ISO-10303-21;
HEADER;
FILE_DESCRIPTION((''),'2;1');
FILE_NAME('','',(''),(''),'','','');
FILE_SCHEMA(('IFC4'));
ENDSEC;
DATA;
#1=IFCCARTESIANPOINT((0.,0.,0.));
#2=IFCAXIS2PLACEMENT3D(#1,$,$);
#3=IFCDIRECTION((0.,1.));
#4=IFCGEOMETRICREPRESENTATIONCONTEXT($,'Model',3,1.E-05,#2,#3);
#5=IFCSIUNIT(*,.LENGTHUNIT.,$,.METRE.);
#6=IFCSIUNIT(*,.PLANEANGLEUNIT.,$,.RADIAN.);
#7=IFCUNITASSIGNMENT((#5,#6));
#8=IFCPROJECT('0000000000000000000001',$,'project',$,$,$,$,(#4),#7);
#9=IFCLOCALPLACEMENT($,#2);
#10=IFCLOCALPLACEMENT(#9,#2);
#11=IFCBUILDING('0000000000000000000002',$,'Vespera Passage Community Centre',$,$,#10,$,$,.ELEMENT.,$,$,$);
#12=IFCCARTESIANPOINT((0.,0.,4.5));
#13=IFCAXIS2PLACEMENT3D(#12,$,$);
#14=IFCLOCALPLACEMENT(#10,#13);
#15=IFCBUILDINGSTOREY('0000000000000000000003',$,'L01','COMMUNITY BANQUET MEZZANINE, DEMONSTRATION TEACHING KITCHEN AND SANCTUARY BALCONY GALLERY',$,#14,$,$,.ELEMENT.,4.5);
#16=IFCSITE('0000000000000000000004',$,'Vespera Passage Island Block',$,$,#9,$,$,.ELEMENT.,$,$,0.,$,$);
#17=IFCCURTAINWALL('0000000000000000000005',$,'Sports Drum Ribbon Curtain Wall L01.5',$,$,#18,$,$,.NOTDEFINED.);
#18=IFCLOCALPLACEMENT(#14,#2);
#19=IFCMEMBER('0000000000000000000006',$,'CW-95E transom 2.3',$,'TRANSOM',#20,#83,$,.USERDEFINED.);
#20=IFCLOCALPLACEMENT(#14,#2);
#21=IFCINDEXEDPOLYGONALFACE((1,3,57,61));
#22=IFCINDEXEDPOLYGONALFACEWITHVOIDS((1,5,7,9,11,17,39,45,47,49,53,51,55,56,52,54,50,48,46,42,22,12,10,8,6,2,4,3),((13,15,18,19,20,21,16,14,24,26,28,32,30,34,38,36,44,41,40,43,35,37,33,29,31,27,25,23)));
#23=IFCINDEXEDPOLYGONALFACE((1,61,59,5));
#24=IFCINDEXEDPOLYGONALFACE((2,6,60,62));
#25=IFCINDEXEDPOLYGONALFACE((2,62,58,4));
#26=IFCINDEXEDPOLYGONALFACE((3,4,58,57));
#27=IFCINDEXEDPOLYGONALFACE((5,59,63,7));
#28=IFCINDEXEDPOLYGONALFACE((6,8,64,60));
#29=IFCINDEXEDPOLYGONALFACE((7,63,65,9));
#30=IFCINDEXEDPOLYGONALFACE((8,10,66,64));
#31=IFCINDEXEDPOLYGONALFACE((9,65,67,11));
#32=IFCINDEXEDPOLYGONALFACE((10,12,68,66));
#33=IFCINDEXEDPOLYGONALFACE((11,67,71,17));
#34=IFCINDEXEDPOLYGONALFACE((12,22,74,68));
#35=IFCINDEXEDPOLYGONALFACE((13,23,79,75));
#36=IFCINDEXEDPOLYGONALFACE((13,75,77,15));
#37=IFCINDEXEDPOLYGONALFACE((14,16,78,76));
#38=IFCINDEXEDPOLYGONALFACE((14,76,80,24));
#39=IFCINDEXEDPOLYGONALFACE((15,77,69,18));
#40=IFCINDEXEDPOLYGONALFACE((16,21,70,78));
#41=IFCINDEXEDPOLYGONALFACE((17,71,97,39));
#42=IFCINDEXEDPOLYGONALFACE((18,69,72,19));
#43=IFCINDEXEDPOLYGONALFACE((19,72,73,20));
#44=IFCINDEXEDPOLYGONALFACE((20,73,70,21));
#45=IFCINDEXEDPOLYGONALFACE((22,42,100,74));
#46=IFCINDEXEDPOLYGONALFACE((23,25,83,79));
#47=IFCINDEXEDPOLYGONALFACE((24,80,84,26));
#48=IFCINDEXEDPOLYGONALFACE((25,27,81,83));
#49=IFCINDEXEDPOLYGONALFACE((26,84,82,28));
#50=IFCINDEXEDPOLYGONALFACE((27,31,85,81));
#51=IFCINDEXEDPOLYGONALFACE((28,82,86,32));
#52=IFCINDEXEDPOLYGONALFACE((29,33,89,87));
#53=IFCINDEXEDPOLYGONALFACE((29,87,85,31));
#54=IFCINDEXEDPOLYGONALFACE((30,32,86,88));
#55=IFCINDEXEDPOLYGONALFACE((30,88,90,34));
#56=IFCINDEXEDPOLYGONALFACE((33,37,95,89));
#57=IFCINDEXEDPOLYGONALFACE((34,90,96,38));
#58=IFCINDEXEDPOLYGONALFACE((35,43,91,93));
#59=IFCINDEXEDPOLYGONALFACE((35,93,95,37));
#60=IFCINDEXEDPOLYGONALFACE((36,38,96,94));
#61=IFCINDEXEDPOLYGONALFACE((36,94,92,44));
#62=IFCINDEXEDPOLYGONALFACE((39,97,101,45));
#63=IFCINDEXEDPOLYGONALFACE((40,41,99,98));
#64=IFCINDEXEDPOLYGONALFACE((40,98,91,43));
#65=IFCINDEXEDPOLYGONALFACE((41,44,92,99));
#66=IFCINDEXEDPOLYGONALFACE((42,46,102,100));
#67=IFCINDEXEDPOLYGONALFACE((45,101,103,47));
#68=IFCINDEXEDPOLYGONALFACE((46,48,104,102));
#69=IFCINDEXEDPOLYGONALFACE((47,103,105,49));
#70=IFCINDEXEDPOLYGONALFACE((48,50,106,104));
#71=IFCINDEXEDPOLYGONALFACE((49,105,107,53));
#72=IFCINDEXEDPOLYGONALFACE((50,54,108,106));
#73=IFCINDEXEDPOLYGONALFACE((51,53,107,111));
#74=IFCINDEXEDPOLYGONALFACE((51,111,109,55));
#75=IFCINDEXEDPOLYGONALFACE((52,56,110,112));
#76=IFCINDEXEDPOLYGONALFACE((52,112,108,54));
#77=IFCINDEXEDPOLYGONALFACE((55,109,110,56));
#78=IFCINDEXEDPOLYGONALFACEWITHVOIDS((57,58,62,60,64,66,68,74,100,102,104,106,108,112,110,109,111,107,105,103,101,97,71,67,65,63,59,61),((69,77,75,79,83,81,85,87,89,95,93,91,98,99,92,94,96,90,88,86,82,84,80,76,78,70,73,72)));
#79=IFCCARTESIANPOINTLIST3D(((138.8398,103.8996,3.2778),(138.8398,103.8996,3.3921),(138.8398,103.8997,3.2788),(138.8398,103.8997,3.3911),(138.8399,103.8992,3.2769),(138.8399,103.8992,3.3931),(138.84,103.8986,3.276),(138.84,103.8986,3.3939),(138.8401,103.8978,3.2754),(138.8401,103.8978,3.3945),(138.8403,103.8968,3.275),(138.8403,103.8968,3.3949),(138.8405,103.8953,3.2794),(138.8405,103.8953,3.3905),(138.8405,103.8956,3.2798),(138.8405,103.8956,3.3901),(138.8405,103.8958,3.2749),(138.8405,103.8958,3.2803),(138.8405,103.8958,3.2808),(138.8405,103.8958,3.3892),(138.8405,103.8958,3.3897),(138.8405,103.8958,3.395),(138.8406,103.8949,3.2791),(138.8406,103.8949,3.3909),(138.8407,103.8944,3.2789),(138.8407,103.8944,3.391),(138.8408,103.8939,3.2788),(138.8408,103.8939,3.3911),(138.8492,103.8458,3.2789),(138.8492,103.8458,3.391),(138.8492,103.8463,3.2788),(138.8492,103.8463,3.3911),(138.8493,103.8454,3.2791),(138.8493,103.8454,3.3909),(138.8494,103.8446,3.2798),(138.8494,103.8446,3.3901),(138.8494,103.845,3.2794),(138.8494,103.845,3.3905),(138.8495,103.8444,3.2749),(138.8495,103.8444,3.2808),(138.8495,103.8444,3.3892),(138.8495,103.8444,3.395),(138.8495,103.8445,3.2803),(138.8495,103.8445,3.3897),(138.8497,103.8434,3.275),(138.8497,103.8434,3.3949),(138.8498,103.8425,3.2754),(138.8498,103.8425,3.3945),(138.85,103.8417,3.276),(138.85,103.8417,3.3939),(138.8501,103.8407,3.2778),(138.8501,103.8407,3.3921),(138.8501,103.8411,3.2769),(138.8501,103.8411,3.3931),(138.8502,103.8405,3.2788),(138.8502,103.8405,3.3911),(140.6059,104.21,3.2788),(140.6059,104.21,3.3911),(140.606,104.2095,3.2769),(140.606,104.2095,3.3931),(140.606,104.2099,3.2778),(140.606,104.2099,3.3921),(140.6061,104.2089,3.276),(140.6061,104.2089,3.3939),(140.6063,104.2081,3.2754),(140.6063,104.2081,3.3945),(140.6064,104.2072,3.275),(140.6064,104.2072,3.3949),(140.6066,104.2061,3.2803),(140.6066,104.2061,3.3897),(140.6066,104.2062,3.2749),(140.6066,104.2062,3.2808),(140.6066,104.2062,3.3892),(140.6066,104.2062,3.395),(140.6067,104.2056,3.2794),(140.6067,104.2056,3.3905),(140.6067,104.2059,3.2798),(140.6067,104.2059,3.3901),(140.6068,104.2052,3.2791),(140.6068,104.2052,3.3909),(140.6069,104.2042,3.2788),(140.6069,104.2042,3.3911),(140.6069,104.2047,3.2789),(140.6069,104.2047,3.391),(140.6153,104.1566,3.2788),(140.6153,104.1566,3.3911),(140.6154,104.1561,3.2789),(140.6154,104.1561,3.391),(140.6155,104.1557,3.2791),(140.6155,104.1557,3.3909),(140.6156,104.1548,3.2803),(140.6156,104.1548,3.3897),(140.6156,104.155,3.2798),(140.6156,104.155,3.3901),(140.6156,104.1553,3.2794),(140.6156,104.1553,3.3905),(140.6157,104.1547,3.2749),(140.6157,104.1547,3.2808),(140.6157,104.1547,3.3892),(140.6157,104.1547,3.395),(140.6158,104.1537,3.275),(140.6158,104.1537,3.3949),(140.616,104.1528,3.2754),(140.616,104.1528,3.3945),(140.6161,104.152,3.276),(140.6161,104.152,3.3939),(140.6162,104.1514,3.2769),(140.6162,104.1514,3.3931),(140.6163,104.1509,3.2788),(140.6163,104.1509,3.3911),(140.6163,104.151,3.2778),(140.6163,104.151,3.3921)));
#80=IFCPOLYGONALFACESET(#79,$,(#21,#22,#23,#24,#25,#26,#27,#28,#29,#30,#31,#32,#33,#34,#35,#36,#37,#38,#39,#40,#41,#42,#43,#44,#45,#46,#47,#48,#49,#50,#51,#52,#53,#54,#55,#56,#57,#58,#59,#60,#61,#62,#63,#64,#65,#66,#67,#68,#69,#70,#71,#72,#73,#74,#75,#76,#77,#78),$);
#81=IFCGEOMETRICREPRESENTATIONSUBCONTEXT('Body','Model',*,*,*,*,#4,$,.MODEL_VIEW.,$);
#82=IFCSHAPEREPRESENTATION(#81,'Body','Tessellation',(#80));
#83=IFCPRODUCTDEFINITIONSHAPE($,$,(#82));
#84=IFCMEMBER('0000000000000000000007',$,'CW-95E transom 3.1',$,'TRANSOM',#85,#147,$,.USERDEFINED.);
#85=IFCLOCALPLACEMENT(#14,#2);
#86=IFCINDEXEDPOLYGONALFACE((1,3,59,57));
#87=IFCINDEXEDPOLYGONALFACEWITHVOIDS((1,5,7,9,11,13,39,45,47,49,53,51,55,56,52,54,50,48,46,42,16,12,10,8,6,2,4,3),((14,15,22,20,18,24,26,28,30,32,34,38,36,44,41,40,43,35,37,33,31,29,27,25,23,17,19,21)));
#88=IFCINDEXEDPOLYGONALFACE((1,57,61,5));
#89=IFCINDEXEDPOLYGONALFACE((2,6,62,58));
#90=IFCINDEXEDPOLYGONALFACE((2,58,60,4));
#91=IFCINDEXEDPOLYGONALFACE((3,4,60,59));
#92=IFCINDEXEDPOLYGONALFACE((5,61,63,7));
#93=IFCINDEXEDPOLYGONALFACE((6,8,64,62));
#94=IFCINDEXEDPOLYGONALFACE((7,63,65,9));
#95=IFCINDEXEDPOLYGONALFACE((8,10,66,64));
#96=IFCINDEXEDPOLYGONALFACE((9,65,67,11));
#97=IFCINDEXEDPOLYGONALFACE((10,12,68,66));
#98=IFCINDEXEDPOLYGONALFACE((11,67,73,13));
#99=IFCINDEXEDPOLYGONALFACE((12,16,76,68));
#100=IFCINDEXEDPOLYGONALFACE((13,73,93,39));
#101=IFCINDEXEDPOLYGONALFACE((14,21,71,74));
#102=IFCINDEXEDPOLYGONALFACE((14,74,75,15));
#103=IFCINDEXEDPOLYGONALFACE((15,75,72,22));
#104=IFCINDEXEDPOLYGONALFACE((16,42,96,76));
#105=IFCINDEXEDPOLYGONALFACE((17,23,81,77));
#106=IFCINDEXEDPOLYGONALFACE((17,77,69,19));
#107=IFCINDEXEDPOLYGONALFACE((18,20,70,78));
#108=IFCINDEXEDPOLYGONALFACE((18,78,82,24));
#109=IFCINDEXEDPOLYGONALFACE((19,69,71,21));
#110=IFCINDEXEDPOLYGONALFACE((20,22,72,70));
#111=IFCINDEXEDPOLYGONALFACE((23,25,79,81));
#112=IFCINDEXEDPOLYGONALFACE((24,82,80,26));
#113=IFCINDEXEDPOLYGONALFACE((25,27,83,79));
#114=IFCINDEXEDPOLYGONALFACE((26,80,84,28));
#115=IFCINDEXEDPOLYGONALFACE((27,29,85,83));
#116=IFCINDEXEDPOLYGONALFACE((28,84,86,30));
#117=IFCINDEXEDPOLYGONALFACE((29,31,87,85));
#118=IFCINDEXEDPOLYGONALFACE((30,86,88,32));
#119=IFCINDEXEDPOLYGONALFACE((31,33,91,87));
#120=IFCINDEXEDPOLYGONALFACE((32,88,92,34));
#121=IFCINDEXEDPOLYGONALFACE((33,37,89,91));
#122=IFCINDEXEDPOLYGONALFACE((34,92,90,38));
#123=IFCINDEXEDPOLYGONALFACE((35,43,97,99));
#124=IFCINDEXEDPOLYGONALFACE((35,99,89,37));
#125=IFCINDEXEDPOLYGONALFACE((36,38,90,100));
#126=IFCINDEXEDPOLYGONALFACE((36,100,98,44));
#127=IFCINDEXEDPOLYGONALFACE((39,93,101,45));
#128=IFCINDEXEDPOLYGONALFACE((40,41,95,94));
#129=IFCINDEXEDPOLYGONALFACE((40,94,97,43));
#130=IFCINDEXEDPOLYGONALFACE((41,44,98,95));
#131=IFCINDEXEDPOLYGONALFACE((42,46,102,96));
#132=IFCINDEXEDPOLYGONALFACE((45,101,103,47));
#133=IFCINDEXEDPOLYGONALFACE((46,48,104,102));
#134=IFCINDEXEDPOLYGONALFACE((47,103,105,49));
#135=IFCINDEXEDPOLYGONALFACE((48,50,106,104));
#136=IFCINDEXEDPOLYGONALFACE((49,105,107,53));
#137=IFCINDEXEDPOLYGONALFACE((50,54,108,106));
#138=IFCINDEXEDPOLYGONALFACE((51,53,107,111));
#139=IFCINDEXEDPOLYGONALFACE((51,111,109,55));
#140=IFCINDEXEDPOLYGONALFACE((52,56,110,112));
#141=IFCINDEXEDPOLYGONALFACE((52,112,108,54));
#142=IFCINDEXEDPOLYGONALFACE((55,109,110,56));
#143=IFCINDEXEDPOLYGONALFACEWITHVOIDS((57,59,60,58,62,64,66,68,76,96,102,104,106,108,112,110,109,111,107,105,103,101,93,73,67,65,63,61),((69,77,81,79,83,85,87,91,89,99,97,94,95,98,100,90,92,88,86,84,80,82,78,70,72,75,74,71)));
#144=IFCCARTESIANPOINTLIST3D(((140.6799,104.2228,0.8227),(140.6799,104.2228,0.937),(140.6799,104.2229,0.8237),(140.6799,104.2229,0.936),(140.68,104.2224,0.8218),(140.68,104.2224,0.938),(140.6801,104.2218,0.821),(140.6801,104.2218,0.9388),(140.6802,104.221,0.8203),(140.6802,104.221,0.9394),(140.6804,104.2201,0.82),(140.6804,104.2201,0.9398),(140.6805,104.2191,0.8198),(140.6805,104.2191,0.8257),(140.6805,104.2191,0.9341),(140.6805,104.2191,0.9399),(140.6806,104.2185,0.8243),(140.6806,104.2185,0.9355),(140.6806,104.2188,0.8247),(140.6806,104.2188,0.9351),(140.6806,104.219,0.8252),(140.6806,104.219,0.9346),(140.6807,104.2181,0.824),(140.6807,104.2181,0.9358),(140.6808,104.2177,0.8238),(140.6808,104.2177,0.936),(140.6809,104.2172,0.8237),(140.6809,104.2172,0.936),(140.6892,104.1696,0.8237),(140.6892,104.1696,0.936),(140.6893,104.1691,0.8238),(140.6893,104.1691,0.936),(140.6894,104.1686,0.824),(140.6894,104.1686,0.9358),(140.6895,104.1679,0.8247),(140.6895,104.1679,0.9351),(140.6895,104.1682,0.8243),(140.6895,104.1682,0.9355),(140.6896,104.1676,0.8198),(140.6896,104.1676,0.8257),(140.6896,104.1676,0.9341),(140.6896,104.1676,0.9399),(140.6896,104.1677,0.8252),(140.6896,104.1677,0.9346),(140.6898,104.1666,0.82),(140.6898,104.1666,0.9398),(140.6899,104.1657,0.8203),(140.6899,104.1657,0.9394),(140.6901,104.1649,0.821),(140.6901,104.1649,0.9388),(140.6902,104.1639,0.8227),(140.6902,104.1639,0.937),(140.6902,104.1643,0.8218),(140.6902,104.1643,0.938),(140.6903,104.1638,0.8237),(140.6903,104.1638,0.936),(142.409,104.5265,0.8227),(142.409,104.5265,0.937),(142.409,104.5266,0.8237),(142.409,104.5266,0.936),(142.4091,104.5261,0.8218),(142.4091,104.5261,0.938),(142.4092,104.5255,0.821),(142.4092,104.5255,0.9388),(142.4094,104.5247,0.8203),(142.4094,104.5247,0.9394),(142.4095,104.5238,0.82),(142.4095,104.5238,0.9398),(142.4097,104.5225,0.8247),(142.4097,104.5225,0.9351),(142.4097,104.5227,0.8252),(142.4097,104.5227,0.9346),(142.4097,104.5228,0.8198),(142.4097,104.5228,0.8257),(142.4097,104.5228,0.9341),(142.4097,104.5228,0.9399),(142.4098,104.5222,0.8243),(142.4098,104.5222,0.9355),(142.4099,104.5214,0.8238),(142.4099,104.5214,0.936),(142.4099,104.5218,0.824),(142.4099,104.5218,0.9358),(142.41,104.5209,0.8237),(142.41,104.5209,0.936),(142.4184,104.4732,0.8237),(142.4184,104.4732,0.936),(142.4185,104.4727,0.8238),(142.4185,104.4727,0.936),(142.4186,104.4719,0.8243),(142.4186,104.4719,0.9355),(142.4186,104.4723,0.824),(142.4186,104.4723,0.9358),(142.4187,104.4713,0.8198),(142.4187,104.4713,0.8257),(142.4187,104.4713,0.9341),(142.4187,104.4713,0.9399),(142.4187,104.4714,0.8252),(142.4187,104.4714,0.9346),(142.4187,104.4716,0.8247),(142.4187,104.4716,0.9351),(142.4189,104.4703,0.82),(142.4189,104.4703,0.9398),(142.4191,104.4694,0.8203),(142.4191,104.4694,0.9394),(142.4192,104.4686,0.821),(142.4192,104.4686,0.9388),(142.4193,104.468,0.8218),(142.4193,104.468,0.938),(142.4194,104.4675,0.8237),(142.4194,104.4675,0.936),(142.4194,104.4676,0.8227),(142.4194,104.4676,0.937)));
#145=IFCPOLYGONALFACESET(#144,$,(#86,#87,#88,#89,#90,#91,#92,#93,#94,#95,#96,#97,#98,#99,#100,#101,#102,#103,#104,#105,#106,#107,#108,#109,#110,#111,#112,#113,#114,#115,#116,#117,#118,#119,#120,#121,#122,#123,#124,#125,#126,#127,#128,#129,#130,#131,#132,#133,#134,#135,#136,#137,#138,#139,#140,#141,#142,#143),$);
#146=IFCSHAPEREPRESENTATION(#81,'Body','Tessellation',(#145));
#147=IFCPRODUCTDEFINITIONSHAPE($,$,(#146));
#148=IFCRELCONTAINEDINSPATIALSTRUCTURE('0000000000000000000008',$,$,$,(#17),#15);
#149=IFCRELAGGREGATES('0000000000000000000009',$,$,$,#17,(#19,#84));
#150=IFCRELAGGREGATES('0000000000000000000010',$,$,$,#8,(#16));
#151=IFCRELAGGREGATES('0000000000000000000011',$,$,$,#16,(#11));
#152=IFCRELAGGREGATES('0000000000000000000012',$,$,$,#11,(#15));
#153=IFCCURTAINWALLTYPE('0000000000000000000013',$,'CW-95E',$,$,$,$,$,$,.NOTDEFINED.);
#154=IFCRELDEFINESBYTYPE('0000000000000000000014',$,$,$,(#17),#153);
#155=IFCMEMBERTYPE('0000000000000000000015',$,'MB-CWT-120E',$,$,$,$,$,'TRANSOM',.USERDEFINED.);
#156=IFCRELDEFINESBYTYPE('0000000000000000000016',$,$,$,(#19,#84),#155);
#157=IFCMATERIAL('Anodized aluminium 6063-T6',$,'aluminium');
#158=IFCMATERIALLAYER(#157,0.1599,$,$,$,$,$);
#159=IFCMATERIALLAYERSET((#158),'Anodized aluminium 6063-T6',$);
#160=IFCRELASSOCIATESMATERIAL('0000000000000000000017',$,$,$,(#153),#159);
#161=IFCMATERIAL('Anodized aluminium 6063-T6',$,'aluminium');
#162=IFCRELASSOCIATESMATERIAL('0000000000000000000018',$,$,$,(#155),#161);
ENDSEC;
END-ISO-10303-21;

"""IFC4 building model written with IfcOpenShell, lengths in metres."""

from ifc_helpers import new_model, si_unit, direction, frame, origin, origin_2d, place, context, subcontext, project, spatial, hollow_rectangle, extrude, material, layer, layer_set, material_profile, profile_set, type_object, element, aggregate, save


model = new_model("IFC4")

# Units and contexts
model_context = context("Model", 3, precision=1e-05, world=origin(), true_north=direction((0.0, 1.0)))
body_context = subcontext(model_context, "Body", "Model", "MODEL_VIEW")
ifc_project = project(units=[si_unit("LENGTHUNIT", "METRE"), si_unit("PLANEANGLEUNIT", "RADIAN")], contexts=[model_context])

# Site, building, storey
site_placement = place(None, origin())
site = spatial("IfcSite", under=ifc_project, at=site_placement, Name="Vespera Passage Island Block", CompositionType="ELEMENT", RefElevation=0.0)
building_placement = place(site_placement, origin())
building = spatial("IfcBuilding", under=site, at=building_placement, Name="Vespera Passage Community Centre", CompositionType="ELEMENT")
storey_placement = place(building_placement, frame((0.0, 0.0, 4.5)))
storey = spatial("IfcBuildingStorey", under=building, at=storey_placement, Name="L01", Description="COMMUNITY BANQUET MEZZANINE, DEMONSTRATION TEACHING KITCHEN AND SANCTUARY BALCONY GALLERY", CompositionType="ELEMENT", Elevation=4.5)

# Curtain wall, members
ifc_material_1 = material(Name="Anodized aluminium 6063-T6", Category="aluminium")
ifc_layer_1 = layer(ifc_material_1, 0.1599)
ifc_layer_set_1 = layer_set([ifc_layer_1], Name="Anodized aluminium 6063-T6")
curtain_wall_type = type_object("IfcCurtainWallType", Name="CW-95E", PredefinedType="NOTDEFINED", material=ifc_layer_set_1)
curtain_wall_placement = place(storey_placement, origin())
curtain_wall = element("IfcCurtainWall", 1, at=curtain_wall_placement, inside=storey, type_object=curtain_wall_type, Name="Sports Drum Ribbon Curtain Wall L01.5", PredefinedType="NOTDEFINED")
ifc_material_2 = material(Name="Anodized aluminium 6063-T6", Category="aluminium")
ifc_material_profile_1 = material_profile(ifc_material_2, hollow_rectangle(XDim=0.0601, YDim=0.1201, WallThickness=0.0039, InnerFilletRadius=0.002, OuterFilletRadius=0.0039, at=origin_2d()), Name="ALU120X60X4")
ifc_profile_set_1 = profile_set([ifc_material_profile_1], Name="Anodized aluminium 6063-T6")
member_type_1 = type_object("IfcMemberType", Name="MB-CWT-120E", ElementType="TRANSOM", PredefinedType="USERDEFINED", material=ifc_profile_set_1)
member_1_placement = place(storey_placement, frame((138.845, 103.8701, 3.335), z_axis=(0.984913, 0.173047, 0.0), x_axis=(-0.173047, 0.984913, 0.0)))
member_1 = element("IfcMember", 2, at=member_1_placement, type_object=member_type_1, Name="CW-95E transom 2.3", ObjectType="TRANSOM", PredefinedType="USERDEFINED", context=body_context, shape_type="SweptSolid", body=[
    extrude(hollow_rectangle(XDim=0.0601, YDim=0.1201, WallThickness=0.0039, InnerFilletRadius=0.002, OuterFilletRadius=0.0039, at=origin_2d()), origin(), (0.0, 0.0, 1.0), 1.7932),
])
member_2_placement = place(storey_placement, frame((140.6851, 104.1934, 0.8799), z_axis=(0.984925, 0.172984, 0.0), x_axis=(-0.172984, 0.984925, 0.0)))
member_2 = element("IfcMember", 3, at=member_2_placement, type_object=member_type_1, Name="CW-95E transom 3.1", ObjectType="TRANSOM", PredefinedType="USERDEFINED", context=body_context, shape_type="SweptSolid", body=[
    extrude(hollow_rectangle(XDim=0.0601, YDim=0.1201, WallThickness=0.0039, InnerFilletRadius=0.002, OuterFilletRadius=0.0039, at=origin_2d()), origin(), (0.0, 0.0, 1.0), 1.7556),
])
aggregate(curtain_wall, [member_1, member_2])

save(model, "model.ifc")
